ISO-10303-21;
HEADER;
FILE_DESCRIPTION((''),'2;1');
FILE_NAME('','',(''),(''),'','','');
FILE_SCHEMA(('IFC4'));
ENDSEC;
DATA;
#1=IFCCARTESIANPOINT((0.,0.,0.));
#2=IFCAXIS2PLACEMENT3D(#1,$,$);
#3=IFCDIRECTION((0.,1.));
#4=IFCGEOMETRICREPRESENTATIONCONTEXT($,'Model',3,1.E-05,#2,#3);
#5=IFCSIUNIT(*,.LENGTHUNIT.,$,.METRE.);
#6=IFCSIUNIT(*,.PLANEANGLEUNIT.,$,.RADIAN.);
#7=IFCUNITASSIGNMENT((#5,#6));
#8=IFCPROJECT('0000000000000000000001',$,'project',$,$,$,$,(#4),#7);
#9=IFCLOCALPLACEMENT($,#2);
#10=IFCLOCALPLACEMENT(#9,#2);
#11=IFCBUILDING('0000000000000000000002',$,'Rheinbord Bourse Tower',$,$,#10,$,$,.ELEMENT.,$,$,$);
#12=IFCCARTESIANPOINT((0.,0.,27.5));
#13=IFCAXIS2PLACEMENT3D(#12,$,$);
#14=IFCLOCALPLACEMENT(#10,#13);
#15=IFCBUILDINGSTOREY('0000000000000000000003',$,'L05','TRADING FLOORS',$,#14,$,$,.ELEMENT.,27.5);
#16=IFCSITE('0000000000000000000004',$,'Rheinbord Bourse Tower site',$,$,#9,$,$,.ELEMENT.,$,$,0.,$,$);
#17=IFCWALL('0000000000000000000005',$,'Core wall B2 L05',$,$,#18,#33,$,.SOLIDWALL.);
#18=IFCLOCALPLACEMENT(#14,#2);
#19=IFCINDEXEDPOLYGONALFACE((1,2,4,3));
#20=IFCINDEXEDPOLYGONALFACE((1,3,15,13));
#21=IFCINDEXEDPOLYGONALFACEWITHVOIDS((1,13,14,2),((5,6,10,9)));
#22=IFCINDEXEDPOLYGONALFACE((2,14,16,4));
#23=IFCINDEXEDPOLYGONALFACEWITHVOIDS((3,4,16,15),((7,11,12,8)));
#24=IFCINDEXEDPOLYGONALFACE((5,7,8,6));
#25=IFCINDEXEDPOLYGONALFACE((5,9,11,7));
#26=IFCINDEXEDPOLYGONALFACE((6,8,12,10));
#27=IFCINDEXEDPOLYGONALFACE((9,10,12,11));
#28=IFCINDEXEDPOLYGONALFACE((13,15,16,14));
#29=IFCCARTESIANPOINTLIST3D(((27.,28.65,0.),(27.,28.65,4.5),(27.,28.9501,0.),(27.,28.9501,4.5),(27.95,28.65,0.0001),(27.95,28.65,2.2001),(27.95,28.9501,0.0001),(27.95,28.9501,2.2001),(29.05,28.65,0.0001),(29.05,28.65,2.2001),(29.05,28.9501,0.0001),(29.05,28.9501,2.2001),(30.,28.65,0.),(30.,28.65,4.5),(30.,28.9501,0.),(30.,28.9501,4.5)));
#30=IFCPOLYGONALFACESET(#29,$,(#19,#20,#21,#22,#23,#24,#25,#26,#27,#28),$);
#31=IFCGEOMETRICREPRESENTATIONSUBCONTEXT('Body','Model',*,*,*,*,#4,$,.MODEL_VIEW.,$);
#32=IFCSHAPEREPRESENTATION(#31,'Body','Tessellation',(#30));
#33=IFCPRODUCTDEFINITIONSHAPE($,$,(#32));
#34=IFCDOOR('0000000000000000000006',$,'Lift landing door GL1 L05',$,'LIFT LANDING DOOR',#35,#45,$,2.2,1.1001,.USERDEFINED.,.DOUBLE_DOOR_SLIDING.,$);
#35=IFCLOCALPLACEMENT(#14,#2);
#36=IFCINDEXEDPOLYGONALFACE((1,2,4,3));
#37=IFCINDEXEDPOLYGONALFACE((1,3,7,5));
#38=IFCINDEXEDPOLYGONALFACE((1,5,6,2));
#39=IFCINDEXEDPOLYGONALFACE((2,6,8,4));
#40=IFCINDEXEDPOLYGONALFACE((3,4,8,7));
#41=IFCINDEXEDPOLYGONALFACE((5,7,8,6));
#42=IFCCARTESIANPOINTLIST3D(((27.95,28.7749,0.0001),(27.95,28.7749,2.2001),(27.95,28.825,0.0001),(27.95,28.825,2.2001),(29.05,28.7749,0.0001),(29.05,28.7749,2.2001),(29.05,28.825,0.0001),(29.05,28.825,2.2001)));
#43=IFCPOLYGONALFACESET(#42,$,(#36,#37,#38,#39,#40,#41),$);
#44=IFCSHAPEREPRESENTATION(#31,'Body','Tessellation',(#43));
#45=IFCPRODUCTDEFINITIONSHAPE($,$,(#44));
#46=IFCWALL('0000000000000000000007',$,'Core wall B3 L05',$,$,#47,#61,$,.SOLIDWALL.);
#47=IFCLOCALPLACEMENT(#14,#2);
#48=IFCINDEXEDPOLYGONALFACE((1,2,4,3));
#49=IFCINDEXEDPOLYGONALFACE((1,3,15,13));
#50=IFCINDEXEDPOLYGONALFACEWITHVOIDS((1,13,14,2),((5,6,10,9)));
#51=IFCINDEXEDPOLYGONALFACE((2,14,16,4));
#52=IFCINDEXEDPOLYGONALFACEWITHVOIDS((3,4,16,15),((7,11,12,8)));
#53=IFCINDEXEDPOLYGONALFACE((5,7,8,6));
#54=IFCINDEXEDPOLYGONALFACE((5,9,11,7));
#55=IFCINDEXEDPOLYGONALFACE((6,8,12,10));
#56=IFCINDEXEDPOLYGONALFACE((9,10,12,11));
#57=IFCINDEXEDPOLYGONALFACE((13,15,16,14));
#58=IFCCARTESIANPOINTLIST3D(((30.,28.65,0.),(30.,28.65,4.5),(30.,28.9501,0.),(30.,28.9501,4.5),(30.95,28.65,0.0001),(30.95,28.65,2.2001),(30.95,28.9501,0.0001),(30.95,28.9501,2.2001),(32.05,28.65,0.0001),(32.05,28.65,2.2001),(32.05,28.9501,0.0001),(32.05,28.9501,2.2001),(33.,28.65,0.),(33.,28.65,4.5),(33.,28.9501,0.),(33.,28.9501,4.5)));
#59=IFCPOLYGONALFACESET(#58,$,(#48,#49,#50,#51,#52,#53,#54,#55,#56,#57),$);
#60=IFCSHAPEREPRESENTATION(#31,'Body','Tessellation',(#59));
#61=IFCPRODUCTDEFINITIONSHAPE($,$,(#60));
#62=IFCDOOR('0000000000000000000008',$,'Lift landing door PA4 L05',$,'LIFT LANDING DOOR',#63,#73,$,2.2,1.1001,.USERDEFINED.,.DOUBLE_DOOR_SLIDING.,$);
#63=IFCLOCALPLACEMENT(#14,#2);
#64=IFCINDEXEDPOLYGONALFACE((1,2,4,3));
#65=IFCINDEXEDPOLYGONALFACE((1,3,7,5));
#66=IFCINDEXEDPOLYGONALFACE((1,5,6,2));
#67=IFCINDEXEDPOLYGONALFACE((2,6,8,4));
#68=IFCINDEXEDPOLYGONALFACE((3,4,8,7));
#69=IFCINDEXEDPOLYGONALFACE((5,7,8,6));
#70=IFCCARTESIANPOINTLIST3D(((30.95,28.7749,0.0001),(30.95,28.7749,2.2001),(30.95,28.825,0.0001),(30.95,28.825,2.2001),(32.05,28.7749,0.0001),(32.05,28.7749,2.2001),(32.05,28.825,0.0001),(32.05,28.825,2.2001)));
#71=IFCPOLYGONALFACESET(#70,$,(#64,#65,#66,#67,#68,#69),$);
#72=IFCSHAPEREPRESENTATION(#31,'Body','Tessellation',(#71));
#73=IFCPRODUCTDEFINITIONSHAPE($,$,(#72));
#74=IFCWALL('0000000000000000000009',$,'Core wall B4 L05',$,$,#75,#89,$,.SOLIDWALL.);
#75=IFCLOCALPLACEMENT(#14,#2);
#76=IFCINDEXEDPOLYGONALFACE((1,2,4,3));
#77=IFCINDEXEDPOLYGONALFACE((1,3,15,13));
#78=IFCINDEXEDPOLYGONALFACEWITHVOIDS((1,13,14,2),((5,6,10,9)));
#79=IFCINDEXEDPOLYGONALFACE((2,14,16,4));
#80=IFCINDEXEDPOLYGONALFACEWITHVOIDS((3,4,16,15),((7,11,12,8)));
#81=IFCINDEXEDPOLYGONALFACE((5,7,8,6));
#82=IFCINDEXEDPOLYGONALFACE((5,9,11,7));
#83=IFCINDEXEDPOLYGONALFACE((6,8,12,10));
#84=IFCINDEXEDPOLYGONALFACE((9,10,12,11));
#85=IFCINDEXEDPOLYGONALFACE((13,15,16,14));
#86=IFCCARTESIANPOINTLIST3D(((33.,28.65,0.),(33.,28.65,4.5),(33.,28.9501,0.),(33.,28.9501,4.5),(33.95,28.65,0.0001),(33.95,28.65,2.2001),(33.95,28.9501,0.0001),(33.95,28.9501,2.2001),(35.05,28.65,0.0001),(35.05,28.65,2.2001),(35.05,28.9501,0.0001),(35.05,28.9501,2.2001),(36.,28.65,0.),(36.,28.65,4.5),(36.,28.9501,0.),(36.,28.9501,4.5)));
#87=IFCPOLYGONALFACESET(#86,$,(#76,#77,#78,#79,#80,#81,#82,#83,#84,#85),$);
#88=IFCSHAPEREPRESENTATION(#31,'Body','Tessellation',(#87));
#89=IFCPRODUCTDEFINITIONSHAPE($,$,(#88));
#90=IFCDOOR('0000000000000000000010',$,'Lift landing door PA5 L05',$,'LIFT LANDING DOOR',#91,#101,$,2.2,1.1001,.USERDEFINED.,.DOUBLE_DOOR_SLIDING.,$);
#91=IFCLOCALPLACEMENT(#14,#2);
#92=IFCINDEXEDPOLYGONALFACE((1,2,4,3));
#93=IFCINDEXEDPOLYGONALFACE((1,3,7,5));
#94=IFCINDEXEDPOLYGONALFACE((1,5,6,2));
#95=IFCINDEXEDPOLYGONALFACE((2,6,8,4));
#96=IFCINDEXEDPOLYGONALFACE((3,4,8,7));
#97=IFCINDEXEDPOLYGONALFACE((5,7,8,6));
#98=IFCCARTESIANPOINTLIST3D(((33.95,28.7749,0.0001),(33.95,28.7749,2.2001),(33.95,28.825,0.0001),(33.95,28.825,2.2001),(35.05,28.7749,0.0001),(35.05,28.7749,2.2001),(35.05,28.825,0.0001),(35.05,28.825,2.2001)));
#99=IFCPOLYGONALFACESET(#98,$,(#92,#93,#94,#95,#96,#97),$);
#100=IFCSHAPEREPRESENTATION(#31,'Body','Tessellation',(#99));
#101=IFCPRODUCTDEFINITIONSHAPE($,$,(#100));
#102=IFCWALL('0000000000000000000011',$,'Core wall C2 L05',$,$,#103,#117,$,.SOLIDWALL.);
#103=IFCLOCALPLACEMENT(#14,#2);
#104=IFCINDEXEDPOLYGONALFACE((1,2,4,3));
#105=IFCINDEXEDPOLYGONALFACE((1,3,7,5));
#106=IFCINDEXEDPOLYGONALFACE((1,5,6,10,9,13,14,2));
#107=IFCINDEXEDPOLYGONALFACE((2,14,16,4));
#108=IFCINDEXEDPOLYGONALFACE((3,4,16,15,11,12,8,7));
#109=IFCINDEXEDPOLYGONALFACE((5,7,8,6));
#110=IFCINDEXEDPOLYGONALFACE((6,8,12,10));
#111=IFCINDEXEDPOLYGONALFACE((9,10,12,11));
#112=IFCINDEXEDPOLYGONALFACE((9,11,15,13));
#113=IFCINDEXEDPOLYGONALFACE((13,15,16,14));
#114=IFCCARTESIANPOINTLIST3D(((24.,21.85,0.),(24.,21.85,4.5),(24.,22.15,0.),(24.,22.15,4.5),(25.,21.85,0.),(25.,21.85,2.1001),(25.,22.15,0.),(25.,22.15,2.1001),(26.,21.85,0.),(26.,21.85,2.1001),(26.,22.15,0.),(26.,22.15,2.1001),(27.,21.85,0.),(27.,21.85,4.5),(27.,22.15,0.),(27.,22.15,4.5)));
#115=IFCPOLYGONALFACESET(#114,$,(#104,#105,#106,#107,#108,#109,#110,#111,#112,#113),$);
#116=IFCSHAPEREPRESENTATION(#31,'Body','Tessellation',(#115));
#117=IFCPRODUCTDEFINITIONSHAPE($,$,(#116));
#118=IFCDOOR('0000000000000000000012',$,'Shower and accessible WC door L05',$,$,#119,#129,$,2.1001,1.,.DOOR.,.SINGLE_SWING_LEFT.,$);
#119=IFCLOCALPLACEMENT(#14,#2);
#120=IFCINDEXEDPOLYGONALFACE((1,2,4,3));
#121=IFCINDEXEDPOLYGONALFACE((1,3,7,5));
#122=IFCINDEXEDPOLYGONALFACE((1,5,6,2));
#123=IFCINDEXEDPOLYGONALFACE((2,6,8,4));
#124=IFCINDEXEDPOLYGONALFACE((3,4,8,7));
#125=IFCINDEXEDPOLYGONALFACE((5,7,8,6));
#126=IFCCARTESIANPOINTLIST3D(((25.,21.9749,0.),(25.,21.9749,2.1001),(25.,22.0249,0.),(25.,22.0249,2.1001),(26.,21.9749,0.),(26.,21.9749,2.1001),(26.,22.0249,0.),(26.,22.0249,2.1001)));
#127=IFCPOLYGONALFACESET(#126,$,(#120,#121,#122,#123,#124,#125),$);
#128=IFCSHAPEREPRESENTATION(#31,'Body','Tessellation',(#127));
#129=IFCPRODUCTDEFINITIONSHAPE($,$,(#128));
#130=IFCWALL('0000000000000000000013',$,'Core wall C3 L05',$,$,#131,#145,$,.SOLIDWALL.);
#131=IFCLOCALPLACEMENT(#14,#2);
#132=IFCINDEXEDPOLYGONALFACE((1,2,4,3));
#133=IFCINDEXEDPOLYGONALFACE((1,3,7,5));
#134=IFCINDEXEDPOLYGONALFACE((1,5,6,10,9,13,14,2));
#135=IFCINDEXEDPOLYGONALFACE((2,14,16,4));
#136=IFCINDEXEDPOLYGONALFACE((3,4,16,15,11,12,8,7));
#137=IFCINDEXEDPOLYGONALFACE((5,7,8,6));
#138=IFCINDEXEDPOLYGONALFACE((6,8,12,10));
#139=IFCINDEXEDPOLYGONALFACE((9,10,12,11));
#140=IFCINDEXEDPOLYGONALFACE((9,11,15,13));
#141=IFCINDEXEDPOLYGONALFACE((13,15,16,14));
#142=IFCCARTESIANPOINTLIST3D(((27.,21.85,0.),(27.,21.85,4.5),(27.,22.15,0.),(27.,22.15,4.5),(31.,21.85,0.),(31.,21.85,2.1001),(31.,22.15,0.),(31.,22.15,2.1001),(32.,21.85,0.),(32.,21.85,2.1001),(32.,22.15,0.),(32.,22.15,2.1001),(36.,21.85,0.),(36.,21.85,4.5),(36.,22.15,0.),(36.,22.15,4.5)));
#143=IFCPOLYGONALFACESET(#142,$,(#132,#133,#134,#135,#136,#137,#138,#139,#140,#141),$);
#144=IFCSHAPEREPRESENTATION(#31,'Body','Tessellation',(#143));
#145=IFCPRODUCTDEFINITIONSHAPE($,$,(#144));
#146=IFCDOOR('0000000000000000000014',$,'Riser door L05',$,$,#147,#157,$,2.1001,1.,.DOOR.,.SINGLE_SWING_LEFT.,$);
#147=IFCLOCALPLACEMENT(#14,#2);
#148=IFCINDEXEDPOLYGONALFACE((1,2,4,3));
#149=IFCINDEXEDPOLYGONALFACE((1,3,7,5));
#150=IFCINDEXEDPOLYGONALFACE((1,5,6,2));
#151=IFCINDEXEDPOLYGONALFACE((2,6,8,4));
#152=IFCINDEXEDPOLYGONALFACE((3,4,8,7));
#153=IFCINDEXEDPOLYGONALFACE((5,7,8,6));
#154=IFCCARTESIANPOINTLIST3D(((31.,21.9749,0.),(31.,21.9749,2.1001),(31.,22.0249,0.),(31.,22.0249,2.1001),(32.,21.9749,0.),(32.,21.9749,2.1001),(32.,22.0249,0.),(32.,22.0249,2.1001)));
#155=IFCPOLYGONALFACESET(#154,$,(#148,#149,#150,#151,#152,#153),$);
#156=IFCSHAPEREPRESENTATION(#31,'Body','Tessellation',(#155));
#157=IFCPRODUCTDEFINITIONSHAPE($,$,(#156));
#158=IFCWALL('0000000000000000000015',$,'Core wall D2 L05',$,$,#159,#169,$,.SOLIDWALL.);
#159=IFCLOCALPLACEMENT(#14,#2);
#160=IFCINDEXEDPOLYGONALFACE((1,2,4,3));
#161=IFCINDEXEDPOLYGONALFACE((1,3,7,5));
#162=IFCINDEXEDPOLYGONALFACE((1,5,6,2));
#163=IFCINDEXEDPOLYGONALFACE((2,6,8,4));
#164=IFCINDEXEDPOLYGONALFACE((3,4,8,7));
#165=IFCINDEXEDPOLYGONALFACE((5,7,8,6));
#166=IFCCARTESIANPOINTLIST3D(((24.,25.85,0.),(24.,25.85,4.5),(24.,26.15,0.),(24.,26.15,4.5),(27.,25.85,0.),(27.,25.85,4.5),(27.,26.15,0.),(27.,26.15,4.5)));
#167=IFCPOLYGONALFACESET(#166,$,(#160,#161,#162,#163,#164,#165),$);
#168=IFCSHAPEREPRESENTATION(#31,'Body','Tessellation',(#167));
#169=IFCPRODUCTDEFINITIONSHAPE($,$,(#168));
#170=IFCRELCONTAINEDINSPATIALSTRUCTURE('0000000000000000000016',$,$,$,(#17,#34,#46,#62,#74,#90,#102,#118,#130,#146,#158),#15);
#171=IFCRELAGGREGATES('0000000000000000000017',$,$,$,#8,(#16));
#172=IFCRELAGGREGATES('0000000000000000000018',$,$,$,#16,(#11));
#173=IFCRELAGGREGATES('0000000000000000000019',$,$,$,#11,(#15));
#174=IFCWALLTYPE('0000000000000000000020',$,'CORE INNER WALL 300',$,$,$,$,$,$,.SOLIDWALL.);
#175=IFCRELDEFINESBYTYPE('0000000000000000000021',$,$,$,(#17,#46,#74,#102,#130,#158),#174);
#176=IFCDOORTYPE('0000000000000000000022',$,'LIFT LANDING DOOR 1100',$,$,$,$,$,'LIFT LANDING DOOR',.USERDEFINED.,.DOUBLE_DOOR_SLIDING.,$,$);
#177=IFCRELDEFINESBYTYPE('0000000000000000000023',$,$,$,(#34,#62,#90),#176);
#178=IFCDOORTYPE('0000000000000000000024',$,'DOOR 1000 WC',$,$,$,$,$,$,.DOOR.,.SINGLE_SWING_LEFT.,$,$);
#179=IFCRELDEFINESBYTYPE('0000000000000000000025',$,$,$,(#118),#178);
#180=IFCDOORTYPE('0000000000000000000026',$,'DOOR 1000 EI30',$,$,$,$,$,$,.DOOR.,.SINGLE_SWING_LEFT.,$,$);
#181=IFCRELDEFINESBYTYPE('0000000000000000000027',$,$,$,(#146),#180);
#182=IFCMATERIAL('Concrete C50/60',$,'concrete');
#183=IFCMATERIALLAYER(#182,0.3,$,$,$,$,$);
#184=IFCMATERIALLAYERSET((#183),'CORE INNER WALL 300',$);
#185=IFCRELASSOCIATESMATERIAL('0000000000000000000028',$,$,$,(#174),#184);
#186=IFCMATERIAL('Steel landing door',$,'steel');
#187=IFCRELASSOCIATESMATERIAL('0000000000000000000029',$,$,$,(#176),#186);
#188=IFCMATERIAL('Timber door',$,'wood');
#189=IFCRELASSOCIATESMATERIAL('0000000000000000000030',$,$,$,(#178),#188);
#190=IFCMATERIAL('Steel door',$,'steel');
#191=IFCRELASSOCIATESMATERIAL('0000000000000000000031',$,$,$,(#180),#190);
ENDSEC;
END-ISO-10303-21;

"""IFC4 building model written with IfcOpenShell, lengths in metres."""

from ifc_helpers import new_model, si_unit, direction, frame, frame_2d, origin, place, context, subcontext, project, spatial, rectangle, extrude, material, layer, layer_set, type_object, element, fill, save


model = new_model("IFC4")

# Units and contexts
model_context = context("Model", 3, precision=1e-05, world=origin(), true_north=direction((0.0, 1.0)))
body_context = subcontext(model_context, "Body", "Model", "MODEL_VIEW")
ifc_project = project(units=[si_unit("LENGTHUNIT", "METRE"), si_unit("PLANEANGLEUNIT", "RADIAN")], contexts=[model_context])

# Site, building, storey
site_placement = place(None, origin())
site = spatial("IfcSite", under=ifc_project, at=site_placement, Name="Rheinbord Bourse Tower site", CompositionType="ELEMENT", RefElevation=0.0)
building_placement = place(site_placement, origin())
building = spatial("IfcBuilding", under=site, at=building_placement, Name="Rheinbord Bourse Tower", CompositionType="ELEMENT")
storey_placement = place(building_placement, frame((0.0, 0.0, 27.5)))
storey = spatial("IfcBuildingStorey", under=building, at=storey_placement, Name="L05", Description="TRADING FLOORS", CompositionType="ELEMENT", Elevation=27.5)

# Walls, openings, doors
ifc_material_1 = material(Name="Concrete C50/60", Category="concrete")
ifc_layer_1 = layer(ifc_material_1, 0.3)
ifc_layer_set_1 = layer_set([ifc_layer_1], Name="CORE INNER WALL 300")
wall_type_1 = type_object("IfcWallType", Name="CORE INNER WALL 300", PredefinedType="SOLIDWALL", material=ifc_layer_set_1)
wall_1_placement = place(storey_placement, frame((27.0, 28.8, 0.0), z_axis=(0.0, 0.0, 1.0), x_axis=(1.0, 0.0, 0.0)))
wall_1 = element("IfcWall", 1, at=wall_1_placement, inside=storey, type_object=wall_type_1, Name="Core wall B2 L05", PredefinedType="SOLIDWALL", context=body_context, shape_type="SweptSolid", body=[
    extrude(rectangle(XDim=3.0, YDim=0.3, at=frame_2d((1.5, 0.0))), origin(), (0.0, 0.0, 1.0), 4.5),
])
opening_1_placement = place(wall_1_placement, frame((0.95, 0.0, 0.0)))
opening_1 = element("IfcOpeningElement", 2, at=opening_1_placement, cuts=wall_1, PredefinedType="OPENING", context=body_context, shape_type="SweptSolid", body=[
    extrude(rectangle(XDim=1.1001, YDim=2.2, at=frame_2d((0.55, 1.1001))), frame((0.0, 0.1599, 0.0), z_axis=(0.0, -1.0, 0.0), x_axis=(1.0, 0.0, 0.0)), (0.0, 0.0, 1.0), 0.3201),
])
ifc_material_2 = material(Name="Steel landing door", Category="steel")
door_type_1 = type_object("IfcDoorType", Name="LIFT LANDING DOOR 1100", ElementType="LIFT LANDING DOOR", OperationType="DOUBLE_DOOR_SLIDING", PredefinedType="USERDEFINED", material=ifc_material_2)
door_1_placement = place(opening_1_placement, origin())
door_1 = element("IfcDoor", 3, at=door_1_placement, inside=storey, type_object=door_type_1, Name="Lift landing door GL1 L05", ObjectType="LIFT LANDING DOOR", OperationType="DOUBLE_DOOR_SLIDING", OverallHeight=2.2, OverallWidth=1.1001, PredefinedType="USERDEFINED", context=body_context, shape_type="SweptSolid", body=[
    extrude(rectangle(XDim=1.1001, YDim=2.2, at=frame_2d((0.55, 1.1001))), frame((0.0, 0.0249, 0.0), z_axis=(0.0, -1.0, 0.0), x_axis=(1.0, 0.0, 0.0)), (0.0, 0.0, 1.0), 0.05),
])
fill(opening_1, door_1)
wall_2_placement = place(storey_placement, frame((30.0, 28.8, 0.0), z_axis=(0.0, 0.0, 1.0), x_axis=(1.0, 0.0, 0.0)))
wall_2 = element("IfcWall", 4, at=wall_2_placement, inside=storey, type_object=wall_type_1, Name="Core wall B3 L05", PredefinedType="SOLIDWALL", context=body_context, shape_type="SweptSolid", body=[
    extrude(rectangle(XDim=3.0, YDim=0.3, at=frame_2d((1.5, 0.0))), origin(), (0.0, 0.0, 1.0), 4.5),
])
opening_2_placement = place(wall_2_placement, frame((0.95, 0.0, 0.0)))
opening_2 = element("IfcOpeningElement", 5, at=opening_2_placement, cuts=wall_2, PredefinedType="OPENING", context=body_context, shape_type="SweptSolid", body=[
    extrude(rectangle(XDim=1.1001, YDim=2.2, at=frame_2d((0.55, 1.1001))), frame((0.0, 0.1599, 0.0), z_axis=(0.0, -1.0, 0.0), x_axis=(1.0, 0.0, 0.0)), (0.0, 0.0, 1.0), 0.3201),
])
door_2_placement = place(opening_2_placement, origin())
door_2 = element("IfcDoor", 6, at=door_2_placement, inside=storey, type_object=door_type_1, Name="Lift landing door PA4 L05", ObjectType="LIFT LANDING DOOR", OperationType="DOUBLE_DOOR_SLIDING", OverallHeight=2.2, OverallWidth=1.1001, PredefinedType="USERDEFINED", context=body_context, shape_type="SweptSolid", body=[
    extrude(rectangle(XDim=1.1001, YDim=2.2, at=frame_2d((0.55, 1.1001))), frame((0.0, 0.0249, 0.0), z_axis=(0.0, -1.0, 0.0), x_axis=(1.0, 0.0, 0.0)), (0.0, 0.0, 1.0), 0.05),
])
fill(opening_2, door_2)
wall_3_placement = place(storey_placement, frame((33.0, 28.8, 0.0), z_axis=(0.0, 0.0, 1.0), x_axis=(1.0, 0.0, 0.0)))
wall_3 = element("IfcWall", 7, at=wall_3_placement, inside=storey, type_object=wall_type_1, Name="Core wall B4 L05", PredefinedType="SOLIDWALL", context=body_context, shape_type="SweptSolid", body=[
    extrude(rectangle(XDim=3.0, YDim=0.3, at=frame_2d((1.5, 0.0))), origin(), (0.0, 0.0, 1.0), 4.5),
])
opening_3_placement = place(wall_3_placement, frame((0.95, 0.0, 0.0)))
opening_3 = element("IfcOpeningElement", 8, at=opening_3_placement, cuts=wall_3, PredefinedType="OPENING", context=body_context, shape_type="SweptSolid", body=[
    extrude(rectangle(XDim=1.1001, YDim=2.2, at=frame_2d((0.55, 1.1001))), frame((0.0, 0.1599, 0.0), z_axis=(0.0, -1.0, 0.0), x_axis=(1.0, 0.0, 0.0)), (0.0, 0.0, 1.0), 0.3201),
])
door_3_placement = place(opening_3_placement, origin())
door_3 = element("IfcDoor", 9, at=door_3_placement, inside=storey, type_object=door_type_1, Name="Lift landing door PA5 L05", ObjectType="LIFT LANDING DOOR", OperationType="DOUBLE_DOOR_SLIDING", OverallHeight=2.2, OverallWidth=1.1001, PredefinedType="USERDEFINED", context=body_context, shape_type="SweptSolid", body=[
    extrude(rectangle(XDim=1.1001, YDim=2.2, at=frame_2d((0.55, 1.1001))), frame((0.0, 0.0249, 0.0), z_axis=(0.0, -1.0, 0.0), x_axis=(1.0, 0.0, 0.0)), (0.0, 0.0, 1.0), 0.05),
])
fill(opening_3, door_3)
wall_4_placement = place(storey_placement, frame((24.0, 22.0, 0.0), z_axis=(0.0, 0.0, 1.0), x_axis=(1.0, 0.0, 0.0)))
wall_4 = element("IfcWall", 10, at=wall_4_placement, inside=storey, type_object=wall_type_1, Name="Core wall C2 L05", PredefinedType="SOLIDWALL", context=body_context, shape_type="SweptSolid", body=[
    extrude(rectangle(XDim=3.0, YDim=0.3, at=frame_2d((1.5, 0.0))), origin(), (0.0, 0.0, 1.0), 4.5),
])
opening_4_placement = place(wall_4_placement, frame((1.0, 0.0, 0.0)))
opening_4 = element("IfcOpeningElement", 11, at=opening_4_placement, cuts=wall_4, PredefinedType="OPENING", context=body_context, shape_type="SweptSolid", body=[
    extrude(rectangle(XDim=1.0, YDim=2.1001, at=frame_2d((0.5, 1.05))), frame((0.0, 0.1599, 0.0), z_axis=(0.0, -1.0, 0.0), x_axis=(1.0, 0.0, 0.0)), (0.0, 0.0, 1.0), 0.3201),
])
ifc_material_3 = material(Name="Timber door", Category="wood")
door_type_2 = type_object("IfcDoorType", Name="DOOR 1000 WC", OperationType="SINGLE_SWING_LEFT", PredefinedType="DOOR", material=ifc_material_3)
door_4_placement = place(opening_4_placement, origin())
door_4 = element("IfcDoor", 12, at=door_4_placement, inside=storey, type_object=door_type_2, Name="Shower and accessible WC door L05", OperationType="SINGLE_SWING_LEFT", OverallHeight=2.1001, OverallWidth=1.0, PredefinedType="DOOR", context=body_context, shape_type="SweptSolid", body=[
    extrude(rectangle(XDim=1.0, YDim=2.1001, at=frame_2d((0.5, 1.05))), frame((0.0, 0.0249, 0.0), z_axis=(0.0, -1.0, 0.0), x_axis=(1.0, 0.0, 0.0)), (0.0, 0.0, 1.0), 0.05),
])
fill(opening_4, door_4)
wall_5_placement = place(storey_placement, frame((27.0, 22.0, 0.0), z_axis=(0.0, 0.0, 1.0), x_axis=(1.0, 0.0, 0.0)))
wall_5 = element("IfcWall", 13, at=wall_5_placement, inside=storey, type_object=wall_type_1, Name="Core wall C3 L05", PredefinedType="SOLIDWALL", context=body_context, shape_type="SweptSolid", body=[
    extrude(rectangle(XDim=9.0, YDim=0.3, at=frame_2d((4.5, 0.0))), origin(), (0.0, 0.0, 1.0), 4.5),
])
opening_5_placement = place(wall_5_placement, frame((4.0, 0.0, 0.0)))
opening_5 = element("IfcOpeningElement", 14, at=opening_5_placement, cuts=wall_5, PredefinedType="OPENING", context=body_context, shape_type="SweptSolid", body=[
    extrude(rectangle(XDim=1.0, YDim=2.1001, at=frame_2d((0.5, 1.05))), frame((0.0, 0.1599, 0.0), z_axis=(0.0, -1.0, 0.0), x_axis=(1.0, 0.0, 0.0)), (0.0, 0.0, 1.0), 0.3201),
])
ifc_material_4 = material(Name="Steel door", Category="steel")
door_type_3 = type_object("IfcDoorType", Name="DOOR 1000 EI30", OperationType="SINGLE_SWING_LEFT", PredefinedType="DOOR", material=ifc_material_4)
door_5_placement = place(opening_5_placement, origin())
door_5 = element("IfcDoor", 15, at=door_5_placement, inside=storey, type_object=door_type_3, Name="Riser door L05", OperationType="SINGLE_SWING_LEFT", OverallHeight=2.1001, OverallWidth=1.0, PredefinedType="DOOR", context=body_context, shape_type="SweptSolid", body=[
    extrude(rectangle(XDim=1.0, YDim=2.1001, at=frame_2d((0.5, 1.05))), frame((0.0, 0.0249, 0.0), z_axis=(0.0, -1.0, 0.0), x_axis=(1.0, 0.0, 0.0)), (0.0, 0.0, 1.0), 0.05),
])
fill(opening_5, door_5)

# Wall
wall_6_placement = place(storey_placement, frame((24.0, 26.0, 0.0), z_axis=(0.0, 0.0, 1.0), x_axis=(1.0, 0.0, 0.0)))
element("IfcWall", 16, at=wall_6_placement, inside=storey, type_object=wall_type_1, Name="Core wall D2 L05", PredefinedType="SOLIDWALL", context=body_context, shape_type="SweptSolid", body=[
    extrude(rectangle(XDim=3.0, YDim=0.3, at=frame_2d((1.5, 0.0))), origin(), (0.0, 0.0, 1.0), 4.5),
])

save(model, "model.ifc")
